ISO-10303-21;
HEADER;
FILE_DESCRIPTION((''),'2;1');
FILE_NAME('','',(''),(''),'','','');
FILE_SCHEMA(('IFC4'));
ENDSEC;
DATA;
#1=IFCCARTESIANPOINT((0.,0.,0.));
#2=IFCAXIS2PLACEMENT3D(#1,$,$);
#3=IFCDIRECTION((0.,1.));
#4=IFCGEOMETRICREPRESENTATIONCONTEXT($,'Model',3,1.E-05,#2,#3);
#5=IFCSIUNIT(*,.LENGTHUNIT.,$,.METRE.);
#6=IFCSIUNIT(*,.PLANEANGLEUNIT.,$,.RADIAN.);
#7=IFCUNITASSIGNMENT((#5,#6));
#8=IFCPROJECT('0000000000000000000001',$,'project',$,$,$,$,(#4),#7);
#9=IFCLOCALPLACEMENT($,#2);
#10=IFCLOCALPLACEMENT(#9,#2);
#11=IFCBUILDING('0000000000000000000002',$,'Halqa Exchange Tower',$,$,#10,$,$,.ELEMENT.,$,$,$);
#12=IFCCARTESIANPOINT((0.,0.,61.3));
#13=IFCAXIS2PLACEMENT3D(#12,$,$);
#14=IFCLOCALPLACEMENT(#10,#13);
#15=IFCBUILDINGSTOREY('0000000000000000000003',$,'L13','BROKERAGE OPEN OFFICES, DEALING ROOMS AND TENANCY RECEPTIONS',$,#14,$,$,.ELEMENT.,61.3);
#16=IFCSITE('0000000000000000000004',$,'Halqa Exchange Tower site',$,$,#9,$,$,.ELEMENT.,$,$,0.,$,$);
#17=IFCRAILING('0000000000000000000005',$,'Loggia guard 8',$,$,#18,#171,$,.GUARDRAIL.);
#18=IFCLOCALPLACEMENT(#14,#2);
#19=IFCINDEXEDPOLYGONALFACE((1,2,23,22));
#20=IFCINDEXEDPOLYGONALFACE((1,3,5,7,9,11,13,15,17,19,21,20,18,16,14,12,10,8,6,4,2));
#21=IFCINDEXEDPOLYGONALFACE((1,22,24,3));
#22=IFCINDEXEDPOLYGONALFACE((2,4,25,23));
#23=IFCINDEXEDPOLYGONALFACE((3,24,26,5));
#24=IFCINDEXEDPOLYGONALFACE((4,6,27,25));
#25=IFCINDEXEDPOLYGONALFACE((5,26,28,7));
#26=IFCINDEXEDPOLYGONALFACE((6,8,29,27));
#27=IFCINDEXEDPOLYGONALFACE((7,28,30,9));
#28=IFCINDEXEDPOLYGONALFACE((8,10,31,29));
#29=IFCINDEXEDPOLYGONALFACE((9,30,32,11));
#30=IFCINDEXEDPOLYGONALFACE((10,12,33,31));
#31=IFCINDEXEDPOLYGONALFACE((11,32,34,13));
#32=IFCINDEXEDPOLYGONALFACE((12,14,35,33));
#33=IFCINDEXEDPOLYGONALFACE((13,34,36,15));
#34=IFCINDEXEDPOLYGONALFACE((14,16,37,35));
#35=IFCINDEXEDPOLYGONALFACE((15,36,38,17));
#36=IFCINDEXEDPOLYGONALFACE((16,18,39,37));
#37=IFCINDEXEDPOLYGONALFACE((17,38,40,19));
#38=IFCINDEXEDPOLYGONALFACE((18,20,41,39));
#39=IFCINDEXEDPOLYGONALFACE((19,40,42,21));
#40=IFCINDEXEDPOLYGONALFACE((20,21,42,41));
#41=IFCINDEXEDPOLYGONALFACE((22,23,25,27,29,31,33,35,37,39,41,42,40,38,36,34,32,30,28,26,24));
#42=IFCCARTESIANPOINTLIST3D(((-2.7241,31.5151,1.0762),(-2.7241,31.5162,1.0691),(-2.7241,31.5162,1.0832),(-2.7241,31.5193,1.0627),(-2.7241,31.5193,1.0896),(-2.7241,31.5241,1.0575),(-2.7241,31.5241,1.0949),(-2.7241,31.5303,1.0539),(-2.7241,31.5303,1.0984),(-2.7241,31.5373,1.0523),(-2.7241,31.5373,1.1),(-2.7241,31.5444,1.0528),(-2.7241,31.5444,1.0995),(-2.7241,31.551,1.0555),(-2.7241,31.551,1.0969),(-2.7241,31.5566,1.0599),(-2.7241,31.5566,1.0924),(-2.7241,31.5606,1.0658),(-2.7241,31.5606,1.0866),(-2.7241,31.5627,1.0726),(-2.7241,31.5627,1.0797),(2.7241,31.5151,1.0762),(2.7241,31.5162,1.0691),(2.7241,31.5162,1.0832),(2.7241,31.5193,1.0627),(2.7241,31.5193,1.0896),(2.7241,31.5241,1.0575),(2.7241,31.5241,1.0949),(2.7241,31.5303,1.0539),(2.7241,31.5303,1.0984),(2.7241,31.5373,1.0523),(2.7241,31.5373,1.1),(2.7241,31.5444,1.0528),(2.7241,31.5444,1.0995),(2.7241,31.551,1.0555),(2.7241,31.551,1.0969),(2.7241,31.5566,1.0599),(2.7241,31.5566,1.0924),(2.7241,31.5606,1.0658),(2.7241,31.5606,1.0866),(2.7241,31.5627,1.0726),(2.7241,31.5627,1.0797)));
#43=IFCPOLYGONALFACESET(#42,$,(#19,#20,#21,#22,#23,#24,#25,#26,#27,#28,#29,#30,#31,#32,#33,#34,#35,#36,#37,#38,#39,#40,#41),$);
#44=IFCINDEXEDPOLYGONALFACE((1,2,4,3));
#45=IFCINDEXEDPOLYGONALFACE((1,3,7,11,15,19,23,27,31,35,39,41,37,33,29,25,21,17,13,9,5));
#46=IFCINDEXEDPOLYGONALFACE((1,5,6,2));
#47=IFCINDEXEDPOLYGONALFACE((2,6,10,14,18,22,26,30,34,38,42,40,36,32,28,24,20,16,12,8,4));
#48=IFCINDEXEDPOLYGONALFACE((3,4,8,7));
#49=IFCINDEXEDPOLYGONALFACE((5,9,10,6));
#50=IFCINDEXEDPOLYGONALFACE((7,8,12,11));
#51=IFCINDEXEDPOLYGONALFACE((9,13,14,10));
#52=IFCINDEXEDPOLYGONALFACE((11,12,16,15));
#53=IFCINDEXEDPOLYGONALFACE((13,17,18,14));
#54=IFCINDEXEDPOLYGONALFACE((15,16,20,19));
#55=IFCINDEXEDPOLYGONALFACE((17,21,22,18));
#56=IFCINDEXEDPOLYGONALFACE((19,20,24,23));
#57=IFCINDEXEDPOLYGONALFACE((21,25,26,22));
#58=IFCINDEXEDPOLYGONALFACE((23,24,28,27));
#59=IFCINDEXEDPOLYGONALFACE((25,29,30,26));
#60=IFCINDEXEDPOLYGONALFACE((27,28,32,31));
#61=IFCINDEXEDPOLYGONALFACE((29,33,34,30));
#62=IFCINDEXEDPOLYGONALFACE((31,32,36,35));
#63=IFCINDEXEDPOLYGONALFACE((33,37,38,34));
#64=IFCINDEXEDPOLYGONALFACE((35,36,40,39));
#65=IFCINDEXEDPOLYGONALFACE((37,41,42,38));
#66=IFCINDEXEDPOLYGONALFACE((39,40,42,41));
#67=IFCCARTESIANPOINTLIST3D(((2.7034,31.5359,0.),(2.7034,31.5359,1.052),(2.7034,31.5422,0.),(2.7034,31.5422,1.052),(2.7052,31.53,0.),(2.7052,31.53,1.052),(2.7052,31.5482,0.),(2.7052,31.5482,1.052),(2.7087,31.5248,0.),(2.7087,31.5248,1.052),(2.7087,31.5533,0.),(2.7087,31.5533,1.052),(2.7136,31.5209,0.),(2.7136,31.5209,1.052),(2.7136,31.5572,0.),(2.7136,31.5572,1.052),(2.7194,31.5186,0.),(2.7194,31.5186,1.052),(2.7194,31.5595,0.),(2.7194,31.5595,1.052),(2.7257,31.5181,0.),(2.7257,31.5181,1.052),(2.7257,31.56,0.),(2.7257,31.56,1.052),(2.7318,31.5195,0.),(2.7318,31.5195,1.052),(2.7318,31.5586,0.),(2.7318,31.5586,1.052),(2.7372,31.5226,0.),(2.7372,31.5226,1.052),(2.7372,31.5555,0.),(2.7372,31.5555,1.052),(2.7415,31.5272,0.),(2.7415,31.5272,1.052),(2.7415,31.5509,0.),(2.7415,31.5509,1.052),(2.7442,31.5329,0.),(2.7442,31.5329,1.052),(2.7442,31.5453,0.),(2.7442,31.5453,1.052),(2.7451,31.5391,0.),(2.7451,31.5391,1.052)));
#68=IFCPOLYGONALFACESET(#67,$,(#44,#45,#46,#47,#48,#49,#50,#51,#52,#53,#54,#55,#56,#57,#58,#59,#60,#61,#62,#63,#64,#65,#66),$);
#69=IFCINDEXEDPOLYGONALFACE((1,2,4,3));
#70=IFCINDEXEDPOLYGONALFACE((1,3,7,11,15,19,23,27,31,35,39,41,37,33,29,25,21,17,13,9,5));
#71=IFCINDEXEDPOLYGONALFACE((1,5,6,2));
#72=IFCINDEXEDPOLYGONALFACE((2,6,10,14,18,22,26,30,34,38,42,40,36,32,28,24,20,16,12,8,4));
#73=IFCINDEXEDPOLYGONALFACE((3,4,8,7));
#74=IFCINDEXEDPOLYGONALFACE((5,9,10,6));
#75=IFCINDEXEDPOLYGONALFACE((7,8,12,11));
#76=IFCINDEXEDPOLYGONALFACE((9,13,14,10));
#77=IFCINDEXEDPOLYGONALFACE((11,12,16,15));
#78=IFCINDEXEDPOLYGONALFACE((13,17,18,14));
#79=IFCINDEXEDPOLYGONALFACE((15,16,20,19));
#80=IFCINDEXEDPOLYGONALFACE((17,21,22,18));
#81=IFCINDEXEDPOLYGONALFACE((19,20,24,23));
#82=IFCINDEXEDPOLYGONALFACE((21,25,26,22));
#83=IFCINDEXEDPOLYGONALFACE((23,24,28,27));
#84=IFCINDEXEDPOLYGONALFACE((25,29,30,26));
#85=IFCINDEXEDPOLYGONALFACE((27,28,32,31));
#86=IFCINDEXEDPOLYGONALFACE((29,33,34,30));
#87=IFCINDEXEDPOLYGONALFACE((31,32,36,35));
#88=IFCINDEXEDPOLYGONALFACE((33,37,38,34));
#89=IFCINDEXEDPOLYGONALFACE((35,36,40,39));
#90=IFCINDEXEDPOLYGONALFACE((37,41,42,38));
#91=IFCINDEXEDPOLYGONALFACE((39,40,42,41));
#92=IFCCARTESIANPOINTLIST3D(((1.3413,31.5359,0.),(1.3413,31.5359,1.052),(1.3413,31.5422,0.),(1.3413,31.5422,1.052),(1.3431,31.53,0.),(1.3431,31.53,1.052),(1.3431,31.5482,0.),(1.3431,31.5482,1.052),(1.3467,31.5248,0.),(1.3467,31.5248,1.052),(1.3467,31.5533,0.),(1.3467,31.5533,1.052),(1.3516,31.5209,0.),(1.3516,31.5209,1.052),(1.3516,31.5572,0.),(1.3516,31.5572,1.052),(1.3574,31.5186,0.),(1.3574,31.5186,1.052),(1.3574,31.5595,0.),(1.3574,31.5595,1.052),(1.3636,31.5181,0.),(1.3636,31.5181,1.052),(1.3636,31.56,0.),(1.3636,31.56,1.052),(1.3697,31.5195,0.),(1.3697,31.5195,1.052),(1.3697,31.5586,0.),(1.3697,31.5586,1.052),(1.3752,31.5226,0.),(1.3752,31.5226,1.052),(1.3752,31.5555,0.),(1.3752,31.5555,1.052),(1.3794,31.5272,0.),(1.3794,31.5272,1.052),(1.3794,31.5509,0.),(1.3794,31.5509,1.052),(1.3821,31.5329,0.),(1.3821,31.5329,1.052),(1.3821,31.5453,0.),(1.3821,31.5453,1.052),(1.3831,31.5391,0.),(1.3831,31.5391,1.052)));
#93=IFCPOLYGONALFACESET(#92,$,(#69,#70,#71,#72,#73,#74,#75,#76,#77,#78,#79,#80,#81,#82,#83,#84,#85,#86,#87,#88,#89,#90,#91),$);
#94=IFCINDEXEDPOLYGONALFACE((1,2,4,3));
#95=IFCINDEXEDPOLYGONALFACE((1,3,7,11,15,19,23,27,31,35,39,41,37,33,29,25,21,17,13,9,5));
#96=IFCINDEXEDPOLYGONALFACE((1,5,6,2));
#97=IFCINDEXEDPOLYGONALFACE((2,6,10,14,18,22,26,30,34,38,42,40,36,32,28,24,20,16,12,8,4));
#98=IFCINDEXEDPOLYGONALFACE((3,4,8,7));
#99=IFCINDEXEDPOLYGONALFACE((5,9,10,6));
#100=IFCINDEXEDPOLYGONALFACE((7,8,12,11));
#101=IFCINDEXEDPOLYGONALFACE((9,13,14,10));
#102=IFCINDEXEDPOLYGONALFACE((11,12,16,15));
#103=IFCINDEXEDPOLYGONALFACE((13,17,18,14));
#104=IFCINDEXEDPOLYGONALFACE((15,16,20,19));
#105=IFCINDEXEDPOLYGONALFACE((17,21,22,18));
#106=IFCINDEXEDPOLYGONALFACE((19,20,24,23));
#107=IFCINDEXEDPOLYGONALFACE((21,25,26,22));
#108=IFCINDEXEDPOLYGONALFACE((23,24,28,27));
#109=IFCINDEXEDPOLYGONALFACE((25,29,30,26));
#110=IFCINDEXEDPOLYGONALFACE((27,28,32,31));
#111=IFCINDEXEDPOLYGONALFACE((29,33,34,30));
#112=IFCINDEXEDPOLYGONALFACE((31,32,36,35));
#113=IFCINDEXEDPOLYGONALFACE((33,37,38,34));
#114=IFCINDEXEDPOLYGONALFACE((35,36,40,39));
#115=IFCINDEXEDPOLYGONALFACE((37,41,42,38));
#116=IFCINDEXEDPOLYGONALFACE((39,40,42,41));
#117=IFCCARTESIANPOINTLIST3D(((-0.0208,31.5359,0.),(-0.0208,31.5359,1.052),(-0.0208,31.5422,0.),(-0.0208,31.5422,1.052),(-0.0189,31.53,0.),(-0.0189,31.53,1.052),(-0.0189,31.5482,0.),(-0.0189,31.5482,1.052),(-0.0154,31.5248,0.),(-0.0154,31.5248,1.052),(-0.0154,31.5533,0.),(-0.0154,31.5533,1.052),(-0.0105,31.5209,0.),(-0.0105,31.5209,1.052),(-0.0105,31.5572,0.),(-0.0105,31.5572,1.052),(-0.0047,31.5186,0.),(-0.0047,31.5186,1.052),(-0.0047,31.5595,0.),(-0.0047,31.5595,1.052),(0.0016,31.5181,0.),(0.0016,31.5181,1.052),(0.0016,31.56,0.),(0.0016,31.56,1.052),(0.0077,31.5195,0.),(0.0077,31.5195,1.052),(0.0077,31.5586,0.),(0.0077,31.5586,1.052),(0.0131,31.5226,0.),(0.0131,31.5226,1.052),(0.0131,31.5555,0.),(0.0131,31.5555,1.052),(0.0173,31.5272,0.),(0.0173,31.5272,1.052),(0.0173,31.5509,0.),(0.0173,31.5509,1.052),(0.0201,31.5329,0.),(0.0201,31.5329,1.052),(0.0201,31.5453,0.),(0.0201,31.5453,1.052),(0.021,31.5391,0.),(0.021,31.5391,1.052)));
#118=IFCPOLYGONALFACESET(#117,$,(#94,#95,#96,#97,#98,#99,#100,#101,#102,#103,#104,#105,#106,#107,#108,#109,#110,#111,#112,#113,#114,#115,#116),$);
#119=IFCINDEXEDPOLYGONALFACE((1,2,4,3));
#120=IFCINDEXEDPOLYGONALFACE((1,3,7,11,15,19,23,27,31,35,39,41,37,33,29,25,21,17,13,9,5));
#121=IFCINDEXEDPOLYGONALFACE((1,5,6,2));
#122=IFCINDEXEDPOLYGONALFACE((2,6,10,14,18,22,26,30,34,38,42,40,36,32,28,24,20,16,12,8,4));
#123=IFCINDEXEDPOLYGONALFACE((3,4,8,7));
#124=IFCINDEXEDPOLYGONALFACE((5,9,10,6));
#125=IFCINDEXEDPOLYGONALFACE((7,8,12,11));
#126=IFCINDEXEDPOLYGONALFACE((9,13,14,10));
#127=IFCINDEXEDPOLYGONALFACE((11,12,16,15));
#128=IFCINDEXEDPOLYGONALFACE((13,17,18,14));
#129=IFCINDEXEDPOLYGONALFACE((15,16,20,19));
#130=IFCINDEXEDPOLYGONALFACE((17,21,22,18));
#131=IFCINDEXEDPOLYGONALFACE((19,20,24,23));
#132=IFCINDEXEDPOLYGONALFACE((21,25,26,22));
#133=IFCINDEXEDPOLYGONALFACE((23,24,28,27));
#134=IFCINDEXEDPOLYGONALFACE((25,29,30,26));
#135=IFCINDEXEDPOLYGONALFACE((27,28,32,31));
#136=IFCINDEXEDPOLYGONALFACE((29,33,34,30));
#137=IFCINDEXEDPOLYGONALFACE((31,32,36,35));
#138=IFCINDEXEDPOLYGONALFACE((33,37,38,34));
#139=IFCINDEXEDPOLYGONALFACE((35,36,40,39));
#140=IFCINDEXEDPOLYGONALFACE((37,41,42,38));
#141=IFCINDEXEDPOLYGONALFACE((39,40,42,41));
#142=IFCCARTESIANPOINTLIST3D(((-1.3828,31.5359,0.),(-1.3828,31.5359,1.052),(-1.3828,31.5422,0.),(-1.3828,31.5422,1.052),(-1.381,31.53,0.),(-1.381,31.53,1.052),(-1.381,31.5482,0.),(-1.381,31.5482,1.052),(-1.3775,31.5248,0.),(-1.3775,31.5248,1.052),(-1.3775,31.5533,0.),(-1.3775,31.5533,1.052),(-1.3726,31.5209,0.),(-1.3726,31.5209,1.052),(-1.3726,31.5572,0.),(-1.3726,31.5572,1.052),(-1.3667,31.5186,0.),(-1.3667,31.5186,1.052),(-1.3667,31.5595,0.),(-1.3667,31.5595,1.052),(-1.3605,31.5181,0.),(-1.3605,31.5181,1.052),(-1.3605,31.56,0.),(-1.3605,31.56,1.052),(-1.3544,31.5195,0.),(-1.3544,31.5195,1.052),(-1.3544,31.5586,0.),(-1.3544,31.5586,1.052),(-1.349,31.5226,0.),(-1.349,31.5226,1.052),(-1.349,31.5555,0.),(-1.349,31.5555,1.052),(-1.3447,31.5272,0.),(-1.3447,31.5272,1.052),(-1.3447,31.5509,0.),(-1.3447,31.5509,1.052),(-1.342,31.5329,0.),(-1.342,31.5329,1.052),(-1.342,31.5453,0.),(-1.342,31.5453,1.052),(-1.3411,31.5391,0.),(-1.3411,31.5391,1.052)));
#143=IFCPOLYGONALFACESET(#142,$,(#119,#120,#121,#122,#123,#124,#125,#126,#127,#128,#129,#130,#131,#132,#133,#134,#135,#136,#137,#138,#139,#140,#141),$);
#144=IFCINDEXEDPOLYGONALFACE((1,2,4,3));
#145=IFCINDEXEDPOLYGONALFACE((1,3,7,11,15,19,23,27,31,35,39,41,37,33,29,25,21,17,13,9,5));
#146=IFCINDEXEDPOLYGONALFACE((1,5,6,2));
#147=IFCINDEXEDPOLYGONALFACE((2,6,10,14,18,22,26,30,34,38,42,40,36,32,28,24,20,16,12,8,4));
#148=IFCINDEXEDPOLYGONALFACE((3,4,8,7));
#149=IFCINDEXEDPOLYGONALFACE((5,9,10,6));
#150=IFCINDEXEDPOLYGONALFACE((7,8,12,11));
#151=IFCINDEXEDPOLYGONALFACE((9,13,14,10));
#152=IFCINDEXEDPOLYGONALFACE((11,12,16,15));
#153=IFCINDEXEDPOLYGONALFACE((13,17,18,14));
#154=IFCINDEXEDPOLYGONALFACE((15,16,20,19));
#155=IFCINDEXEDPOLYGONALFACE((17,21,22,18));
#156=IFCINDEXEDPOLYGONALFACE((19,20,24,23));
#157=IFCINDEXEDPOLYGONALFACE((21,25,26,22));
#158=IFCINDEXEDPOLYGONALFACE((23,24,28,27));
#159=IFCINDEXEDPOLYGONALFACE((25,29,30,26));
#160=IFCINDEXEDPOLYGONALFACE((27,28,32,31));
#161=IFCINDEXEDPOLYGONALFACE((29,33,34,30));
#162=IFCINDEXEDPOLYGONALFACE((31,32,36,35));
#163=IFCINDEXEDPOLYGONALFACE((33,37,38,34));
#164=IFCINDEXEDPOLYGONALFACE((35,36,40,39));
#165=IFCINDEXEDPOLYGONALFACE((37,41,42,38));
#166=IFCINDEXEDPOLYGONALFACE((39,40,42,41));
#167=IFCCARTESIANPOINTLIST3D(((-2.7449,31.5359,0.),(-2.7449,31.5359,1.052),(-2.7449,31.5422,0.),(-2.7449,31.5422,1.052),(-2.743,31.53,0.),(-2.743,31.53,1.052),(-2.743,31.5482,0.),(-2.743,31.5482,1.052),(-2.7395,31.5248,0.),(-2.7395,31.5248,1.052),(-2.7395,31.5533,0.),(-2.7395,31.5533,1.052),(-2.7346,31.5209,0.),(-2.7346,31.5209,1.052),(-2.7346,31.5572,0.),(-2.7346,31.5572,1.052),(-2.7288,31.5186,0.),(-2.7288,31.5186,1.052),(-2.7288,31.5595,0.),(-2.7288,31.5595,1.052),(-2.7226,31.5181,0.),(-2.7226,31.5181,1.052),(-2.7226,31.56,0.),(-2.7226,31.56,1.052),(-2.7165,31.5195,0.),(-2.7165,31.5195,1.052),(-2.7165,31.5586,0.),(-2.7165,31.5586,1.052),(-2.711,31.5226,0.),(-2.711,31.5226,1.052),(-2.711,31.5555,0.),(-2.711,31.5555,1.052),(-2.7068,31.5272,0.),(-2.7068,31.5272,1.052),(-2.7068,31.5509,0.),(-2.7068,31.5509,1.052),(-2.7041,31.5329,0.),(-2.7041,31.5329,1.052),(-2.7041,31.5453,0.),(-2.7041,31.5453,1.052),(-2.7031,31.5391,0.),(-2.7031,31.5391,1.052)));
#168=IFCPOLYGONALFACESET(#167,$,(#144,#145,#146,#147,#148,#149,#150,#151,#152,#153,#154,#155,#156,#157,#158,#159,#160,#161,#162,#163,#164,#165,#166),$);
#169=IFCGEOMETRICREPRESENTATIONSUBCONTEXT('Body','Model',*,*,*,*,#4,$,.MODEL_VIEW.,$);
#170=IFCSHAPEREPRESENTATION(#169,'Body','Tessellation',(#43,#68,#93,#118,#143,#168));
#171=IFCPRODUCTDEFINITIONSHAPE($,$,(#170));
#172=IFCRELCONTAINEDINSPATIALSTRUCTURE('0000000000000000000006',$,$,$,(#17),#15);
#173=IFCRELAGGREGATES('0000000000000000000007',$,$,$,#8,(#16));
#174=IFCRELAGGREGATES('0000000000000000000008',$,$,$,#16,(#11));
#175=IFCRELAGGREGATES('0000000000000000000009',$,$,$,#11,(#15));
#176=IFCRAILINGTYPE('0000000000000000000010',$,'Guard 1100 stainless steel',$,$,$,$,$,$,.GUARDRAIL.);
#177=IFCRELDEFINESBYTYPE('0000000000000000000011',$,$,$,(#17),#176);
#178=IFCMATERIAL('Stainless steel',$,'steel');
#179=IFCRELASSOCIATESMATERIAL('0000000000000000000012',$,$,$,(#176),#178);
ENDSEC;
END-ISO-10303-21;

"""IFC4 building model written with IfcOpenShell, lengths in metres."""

from ifc_helpers import new_model, si_unit, direction, frame, origin, origin_2d, place, context, subcontext, project, spatial, circle, extrude, material, type_object, element, save


model = new_model("IFC4")

# Units and contexts
model_context = context("Model", 3, precision=1e-05, world=origin(), true_north=direction((0.0, 1.0)))
body_context = subcontext(model_context, "Body", "Model", "MODEL_VIEW")
ifc_project = project(units=[si_unit("LENGTHUNIT", "METRE"), si_unit("PLANEANGLEUNIT", "RADIAN")], contexts=[model_context])

# Site, building, storey
site_placement = place(None, origin())
site = spatial("IfcSite", under=ifc_project, at=site_placement, Name="Halqa Exchange Tower site", CompositionType="ELEMENT", RefElevation=0.0)
building_placement = place(site_placement, origin())
building = spatial("IfcBuilding", under=site, at=building_placement, Name="Halqa Exchange Tower", CompositionType="ELEMENT")
storey_placement = place(building_placement, frame((0.0, 0.0, 61.3)))
storey = spatial("IfcBuildingStorey", under=building, at=storey_placement, Name="L13", Description="BROKERAGE OPEN OFFICES, DEALING ROOMS AND TENANCY RECEPTIONS", CompositionType="ELEMENT", Elevation=61.3)

# Railing
ifc_material_1 = material(Name="Stainless steel", Category="steel")
railing_type_1 = type_object("IfcRailingType", Name="Guard 1100 stainless steel", PredefinedType="GUARDRAIL", material=ifc_material_1)
railing_1_placement = place(storey_placement, frame((2.7241, 31.5391, 0.0)))
element("IfcRailing", 1, at=railing_1_placement, inside=storey, type_object=railing_type_1, Name="Loggia guard 8", PredefinedType="GUARDRAIL", context=body_context, shape_type="SweptSolid", body=[
    extrude(circle(Radius=0.0239, at=origin_2d()), frame((0.0, 0.0, 1.0762), z_axis=(-1.0, 0.0, 0.0), x_axis=(0.0, -1.0, 0.0)), (0.0, 0.0, 1.0), 5.4482),
    extrude(circle(Radius=0.021, at=origin_2d()), origin(), (0.0, 0.0, 1.0), 1.052),
    extrude(circle(Radius=0.021, at=origin_2d()), frame((-1.3621, 0.0, 0.0)), (0.0, 0.0, 1.0), 1.052),
    extrude(circle(Radius=0.021, at=origin_2d()), frame((-2.7241, 0.0, 0.0)), (0.0, 0.0, 1.0), 1.052),
    extrude(circle(Radius=0.021, at=origin_2d()), frame((-4.0862, 0.0, 0.0)), (0.0, 0.0, 1.0), 1.052),
    extrude(circle(Radius=0.021, at=origin_2d()), frame((-5.4482, 0.0, 0.0)), (0.0, 0.0, 1.0), 1.052),
])

save(model, "model.ifc")
